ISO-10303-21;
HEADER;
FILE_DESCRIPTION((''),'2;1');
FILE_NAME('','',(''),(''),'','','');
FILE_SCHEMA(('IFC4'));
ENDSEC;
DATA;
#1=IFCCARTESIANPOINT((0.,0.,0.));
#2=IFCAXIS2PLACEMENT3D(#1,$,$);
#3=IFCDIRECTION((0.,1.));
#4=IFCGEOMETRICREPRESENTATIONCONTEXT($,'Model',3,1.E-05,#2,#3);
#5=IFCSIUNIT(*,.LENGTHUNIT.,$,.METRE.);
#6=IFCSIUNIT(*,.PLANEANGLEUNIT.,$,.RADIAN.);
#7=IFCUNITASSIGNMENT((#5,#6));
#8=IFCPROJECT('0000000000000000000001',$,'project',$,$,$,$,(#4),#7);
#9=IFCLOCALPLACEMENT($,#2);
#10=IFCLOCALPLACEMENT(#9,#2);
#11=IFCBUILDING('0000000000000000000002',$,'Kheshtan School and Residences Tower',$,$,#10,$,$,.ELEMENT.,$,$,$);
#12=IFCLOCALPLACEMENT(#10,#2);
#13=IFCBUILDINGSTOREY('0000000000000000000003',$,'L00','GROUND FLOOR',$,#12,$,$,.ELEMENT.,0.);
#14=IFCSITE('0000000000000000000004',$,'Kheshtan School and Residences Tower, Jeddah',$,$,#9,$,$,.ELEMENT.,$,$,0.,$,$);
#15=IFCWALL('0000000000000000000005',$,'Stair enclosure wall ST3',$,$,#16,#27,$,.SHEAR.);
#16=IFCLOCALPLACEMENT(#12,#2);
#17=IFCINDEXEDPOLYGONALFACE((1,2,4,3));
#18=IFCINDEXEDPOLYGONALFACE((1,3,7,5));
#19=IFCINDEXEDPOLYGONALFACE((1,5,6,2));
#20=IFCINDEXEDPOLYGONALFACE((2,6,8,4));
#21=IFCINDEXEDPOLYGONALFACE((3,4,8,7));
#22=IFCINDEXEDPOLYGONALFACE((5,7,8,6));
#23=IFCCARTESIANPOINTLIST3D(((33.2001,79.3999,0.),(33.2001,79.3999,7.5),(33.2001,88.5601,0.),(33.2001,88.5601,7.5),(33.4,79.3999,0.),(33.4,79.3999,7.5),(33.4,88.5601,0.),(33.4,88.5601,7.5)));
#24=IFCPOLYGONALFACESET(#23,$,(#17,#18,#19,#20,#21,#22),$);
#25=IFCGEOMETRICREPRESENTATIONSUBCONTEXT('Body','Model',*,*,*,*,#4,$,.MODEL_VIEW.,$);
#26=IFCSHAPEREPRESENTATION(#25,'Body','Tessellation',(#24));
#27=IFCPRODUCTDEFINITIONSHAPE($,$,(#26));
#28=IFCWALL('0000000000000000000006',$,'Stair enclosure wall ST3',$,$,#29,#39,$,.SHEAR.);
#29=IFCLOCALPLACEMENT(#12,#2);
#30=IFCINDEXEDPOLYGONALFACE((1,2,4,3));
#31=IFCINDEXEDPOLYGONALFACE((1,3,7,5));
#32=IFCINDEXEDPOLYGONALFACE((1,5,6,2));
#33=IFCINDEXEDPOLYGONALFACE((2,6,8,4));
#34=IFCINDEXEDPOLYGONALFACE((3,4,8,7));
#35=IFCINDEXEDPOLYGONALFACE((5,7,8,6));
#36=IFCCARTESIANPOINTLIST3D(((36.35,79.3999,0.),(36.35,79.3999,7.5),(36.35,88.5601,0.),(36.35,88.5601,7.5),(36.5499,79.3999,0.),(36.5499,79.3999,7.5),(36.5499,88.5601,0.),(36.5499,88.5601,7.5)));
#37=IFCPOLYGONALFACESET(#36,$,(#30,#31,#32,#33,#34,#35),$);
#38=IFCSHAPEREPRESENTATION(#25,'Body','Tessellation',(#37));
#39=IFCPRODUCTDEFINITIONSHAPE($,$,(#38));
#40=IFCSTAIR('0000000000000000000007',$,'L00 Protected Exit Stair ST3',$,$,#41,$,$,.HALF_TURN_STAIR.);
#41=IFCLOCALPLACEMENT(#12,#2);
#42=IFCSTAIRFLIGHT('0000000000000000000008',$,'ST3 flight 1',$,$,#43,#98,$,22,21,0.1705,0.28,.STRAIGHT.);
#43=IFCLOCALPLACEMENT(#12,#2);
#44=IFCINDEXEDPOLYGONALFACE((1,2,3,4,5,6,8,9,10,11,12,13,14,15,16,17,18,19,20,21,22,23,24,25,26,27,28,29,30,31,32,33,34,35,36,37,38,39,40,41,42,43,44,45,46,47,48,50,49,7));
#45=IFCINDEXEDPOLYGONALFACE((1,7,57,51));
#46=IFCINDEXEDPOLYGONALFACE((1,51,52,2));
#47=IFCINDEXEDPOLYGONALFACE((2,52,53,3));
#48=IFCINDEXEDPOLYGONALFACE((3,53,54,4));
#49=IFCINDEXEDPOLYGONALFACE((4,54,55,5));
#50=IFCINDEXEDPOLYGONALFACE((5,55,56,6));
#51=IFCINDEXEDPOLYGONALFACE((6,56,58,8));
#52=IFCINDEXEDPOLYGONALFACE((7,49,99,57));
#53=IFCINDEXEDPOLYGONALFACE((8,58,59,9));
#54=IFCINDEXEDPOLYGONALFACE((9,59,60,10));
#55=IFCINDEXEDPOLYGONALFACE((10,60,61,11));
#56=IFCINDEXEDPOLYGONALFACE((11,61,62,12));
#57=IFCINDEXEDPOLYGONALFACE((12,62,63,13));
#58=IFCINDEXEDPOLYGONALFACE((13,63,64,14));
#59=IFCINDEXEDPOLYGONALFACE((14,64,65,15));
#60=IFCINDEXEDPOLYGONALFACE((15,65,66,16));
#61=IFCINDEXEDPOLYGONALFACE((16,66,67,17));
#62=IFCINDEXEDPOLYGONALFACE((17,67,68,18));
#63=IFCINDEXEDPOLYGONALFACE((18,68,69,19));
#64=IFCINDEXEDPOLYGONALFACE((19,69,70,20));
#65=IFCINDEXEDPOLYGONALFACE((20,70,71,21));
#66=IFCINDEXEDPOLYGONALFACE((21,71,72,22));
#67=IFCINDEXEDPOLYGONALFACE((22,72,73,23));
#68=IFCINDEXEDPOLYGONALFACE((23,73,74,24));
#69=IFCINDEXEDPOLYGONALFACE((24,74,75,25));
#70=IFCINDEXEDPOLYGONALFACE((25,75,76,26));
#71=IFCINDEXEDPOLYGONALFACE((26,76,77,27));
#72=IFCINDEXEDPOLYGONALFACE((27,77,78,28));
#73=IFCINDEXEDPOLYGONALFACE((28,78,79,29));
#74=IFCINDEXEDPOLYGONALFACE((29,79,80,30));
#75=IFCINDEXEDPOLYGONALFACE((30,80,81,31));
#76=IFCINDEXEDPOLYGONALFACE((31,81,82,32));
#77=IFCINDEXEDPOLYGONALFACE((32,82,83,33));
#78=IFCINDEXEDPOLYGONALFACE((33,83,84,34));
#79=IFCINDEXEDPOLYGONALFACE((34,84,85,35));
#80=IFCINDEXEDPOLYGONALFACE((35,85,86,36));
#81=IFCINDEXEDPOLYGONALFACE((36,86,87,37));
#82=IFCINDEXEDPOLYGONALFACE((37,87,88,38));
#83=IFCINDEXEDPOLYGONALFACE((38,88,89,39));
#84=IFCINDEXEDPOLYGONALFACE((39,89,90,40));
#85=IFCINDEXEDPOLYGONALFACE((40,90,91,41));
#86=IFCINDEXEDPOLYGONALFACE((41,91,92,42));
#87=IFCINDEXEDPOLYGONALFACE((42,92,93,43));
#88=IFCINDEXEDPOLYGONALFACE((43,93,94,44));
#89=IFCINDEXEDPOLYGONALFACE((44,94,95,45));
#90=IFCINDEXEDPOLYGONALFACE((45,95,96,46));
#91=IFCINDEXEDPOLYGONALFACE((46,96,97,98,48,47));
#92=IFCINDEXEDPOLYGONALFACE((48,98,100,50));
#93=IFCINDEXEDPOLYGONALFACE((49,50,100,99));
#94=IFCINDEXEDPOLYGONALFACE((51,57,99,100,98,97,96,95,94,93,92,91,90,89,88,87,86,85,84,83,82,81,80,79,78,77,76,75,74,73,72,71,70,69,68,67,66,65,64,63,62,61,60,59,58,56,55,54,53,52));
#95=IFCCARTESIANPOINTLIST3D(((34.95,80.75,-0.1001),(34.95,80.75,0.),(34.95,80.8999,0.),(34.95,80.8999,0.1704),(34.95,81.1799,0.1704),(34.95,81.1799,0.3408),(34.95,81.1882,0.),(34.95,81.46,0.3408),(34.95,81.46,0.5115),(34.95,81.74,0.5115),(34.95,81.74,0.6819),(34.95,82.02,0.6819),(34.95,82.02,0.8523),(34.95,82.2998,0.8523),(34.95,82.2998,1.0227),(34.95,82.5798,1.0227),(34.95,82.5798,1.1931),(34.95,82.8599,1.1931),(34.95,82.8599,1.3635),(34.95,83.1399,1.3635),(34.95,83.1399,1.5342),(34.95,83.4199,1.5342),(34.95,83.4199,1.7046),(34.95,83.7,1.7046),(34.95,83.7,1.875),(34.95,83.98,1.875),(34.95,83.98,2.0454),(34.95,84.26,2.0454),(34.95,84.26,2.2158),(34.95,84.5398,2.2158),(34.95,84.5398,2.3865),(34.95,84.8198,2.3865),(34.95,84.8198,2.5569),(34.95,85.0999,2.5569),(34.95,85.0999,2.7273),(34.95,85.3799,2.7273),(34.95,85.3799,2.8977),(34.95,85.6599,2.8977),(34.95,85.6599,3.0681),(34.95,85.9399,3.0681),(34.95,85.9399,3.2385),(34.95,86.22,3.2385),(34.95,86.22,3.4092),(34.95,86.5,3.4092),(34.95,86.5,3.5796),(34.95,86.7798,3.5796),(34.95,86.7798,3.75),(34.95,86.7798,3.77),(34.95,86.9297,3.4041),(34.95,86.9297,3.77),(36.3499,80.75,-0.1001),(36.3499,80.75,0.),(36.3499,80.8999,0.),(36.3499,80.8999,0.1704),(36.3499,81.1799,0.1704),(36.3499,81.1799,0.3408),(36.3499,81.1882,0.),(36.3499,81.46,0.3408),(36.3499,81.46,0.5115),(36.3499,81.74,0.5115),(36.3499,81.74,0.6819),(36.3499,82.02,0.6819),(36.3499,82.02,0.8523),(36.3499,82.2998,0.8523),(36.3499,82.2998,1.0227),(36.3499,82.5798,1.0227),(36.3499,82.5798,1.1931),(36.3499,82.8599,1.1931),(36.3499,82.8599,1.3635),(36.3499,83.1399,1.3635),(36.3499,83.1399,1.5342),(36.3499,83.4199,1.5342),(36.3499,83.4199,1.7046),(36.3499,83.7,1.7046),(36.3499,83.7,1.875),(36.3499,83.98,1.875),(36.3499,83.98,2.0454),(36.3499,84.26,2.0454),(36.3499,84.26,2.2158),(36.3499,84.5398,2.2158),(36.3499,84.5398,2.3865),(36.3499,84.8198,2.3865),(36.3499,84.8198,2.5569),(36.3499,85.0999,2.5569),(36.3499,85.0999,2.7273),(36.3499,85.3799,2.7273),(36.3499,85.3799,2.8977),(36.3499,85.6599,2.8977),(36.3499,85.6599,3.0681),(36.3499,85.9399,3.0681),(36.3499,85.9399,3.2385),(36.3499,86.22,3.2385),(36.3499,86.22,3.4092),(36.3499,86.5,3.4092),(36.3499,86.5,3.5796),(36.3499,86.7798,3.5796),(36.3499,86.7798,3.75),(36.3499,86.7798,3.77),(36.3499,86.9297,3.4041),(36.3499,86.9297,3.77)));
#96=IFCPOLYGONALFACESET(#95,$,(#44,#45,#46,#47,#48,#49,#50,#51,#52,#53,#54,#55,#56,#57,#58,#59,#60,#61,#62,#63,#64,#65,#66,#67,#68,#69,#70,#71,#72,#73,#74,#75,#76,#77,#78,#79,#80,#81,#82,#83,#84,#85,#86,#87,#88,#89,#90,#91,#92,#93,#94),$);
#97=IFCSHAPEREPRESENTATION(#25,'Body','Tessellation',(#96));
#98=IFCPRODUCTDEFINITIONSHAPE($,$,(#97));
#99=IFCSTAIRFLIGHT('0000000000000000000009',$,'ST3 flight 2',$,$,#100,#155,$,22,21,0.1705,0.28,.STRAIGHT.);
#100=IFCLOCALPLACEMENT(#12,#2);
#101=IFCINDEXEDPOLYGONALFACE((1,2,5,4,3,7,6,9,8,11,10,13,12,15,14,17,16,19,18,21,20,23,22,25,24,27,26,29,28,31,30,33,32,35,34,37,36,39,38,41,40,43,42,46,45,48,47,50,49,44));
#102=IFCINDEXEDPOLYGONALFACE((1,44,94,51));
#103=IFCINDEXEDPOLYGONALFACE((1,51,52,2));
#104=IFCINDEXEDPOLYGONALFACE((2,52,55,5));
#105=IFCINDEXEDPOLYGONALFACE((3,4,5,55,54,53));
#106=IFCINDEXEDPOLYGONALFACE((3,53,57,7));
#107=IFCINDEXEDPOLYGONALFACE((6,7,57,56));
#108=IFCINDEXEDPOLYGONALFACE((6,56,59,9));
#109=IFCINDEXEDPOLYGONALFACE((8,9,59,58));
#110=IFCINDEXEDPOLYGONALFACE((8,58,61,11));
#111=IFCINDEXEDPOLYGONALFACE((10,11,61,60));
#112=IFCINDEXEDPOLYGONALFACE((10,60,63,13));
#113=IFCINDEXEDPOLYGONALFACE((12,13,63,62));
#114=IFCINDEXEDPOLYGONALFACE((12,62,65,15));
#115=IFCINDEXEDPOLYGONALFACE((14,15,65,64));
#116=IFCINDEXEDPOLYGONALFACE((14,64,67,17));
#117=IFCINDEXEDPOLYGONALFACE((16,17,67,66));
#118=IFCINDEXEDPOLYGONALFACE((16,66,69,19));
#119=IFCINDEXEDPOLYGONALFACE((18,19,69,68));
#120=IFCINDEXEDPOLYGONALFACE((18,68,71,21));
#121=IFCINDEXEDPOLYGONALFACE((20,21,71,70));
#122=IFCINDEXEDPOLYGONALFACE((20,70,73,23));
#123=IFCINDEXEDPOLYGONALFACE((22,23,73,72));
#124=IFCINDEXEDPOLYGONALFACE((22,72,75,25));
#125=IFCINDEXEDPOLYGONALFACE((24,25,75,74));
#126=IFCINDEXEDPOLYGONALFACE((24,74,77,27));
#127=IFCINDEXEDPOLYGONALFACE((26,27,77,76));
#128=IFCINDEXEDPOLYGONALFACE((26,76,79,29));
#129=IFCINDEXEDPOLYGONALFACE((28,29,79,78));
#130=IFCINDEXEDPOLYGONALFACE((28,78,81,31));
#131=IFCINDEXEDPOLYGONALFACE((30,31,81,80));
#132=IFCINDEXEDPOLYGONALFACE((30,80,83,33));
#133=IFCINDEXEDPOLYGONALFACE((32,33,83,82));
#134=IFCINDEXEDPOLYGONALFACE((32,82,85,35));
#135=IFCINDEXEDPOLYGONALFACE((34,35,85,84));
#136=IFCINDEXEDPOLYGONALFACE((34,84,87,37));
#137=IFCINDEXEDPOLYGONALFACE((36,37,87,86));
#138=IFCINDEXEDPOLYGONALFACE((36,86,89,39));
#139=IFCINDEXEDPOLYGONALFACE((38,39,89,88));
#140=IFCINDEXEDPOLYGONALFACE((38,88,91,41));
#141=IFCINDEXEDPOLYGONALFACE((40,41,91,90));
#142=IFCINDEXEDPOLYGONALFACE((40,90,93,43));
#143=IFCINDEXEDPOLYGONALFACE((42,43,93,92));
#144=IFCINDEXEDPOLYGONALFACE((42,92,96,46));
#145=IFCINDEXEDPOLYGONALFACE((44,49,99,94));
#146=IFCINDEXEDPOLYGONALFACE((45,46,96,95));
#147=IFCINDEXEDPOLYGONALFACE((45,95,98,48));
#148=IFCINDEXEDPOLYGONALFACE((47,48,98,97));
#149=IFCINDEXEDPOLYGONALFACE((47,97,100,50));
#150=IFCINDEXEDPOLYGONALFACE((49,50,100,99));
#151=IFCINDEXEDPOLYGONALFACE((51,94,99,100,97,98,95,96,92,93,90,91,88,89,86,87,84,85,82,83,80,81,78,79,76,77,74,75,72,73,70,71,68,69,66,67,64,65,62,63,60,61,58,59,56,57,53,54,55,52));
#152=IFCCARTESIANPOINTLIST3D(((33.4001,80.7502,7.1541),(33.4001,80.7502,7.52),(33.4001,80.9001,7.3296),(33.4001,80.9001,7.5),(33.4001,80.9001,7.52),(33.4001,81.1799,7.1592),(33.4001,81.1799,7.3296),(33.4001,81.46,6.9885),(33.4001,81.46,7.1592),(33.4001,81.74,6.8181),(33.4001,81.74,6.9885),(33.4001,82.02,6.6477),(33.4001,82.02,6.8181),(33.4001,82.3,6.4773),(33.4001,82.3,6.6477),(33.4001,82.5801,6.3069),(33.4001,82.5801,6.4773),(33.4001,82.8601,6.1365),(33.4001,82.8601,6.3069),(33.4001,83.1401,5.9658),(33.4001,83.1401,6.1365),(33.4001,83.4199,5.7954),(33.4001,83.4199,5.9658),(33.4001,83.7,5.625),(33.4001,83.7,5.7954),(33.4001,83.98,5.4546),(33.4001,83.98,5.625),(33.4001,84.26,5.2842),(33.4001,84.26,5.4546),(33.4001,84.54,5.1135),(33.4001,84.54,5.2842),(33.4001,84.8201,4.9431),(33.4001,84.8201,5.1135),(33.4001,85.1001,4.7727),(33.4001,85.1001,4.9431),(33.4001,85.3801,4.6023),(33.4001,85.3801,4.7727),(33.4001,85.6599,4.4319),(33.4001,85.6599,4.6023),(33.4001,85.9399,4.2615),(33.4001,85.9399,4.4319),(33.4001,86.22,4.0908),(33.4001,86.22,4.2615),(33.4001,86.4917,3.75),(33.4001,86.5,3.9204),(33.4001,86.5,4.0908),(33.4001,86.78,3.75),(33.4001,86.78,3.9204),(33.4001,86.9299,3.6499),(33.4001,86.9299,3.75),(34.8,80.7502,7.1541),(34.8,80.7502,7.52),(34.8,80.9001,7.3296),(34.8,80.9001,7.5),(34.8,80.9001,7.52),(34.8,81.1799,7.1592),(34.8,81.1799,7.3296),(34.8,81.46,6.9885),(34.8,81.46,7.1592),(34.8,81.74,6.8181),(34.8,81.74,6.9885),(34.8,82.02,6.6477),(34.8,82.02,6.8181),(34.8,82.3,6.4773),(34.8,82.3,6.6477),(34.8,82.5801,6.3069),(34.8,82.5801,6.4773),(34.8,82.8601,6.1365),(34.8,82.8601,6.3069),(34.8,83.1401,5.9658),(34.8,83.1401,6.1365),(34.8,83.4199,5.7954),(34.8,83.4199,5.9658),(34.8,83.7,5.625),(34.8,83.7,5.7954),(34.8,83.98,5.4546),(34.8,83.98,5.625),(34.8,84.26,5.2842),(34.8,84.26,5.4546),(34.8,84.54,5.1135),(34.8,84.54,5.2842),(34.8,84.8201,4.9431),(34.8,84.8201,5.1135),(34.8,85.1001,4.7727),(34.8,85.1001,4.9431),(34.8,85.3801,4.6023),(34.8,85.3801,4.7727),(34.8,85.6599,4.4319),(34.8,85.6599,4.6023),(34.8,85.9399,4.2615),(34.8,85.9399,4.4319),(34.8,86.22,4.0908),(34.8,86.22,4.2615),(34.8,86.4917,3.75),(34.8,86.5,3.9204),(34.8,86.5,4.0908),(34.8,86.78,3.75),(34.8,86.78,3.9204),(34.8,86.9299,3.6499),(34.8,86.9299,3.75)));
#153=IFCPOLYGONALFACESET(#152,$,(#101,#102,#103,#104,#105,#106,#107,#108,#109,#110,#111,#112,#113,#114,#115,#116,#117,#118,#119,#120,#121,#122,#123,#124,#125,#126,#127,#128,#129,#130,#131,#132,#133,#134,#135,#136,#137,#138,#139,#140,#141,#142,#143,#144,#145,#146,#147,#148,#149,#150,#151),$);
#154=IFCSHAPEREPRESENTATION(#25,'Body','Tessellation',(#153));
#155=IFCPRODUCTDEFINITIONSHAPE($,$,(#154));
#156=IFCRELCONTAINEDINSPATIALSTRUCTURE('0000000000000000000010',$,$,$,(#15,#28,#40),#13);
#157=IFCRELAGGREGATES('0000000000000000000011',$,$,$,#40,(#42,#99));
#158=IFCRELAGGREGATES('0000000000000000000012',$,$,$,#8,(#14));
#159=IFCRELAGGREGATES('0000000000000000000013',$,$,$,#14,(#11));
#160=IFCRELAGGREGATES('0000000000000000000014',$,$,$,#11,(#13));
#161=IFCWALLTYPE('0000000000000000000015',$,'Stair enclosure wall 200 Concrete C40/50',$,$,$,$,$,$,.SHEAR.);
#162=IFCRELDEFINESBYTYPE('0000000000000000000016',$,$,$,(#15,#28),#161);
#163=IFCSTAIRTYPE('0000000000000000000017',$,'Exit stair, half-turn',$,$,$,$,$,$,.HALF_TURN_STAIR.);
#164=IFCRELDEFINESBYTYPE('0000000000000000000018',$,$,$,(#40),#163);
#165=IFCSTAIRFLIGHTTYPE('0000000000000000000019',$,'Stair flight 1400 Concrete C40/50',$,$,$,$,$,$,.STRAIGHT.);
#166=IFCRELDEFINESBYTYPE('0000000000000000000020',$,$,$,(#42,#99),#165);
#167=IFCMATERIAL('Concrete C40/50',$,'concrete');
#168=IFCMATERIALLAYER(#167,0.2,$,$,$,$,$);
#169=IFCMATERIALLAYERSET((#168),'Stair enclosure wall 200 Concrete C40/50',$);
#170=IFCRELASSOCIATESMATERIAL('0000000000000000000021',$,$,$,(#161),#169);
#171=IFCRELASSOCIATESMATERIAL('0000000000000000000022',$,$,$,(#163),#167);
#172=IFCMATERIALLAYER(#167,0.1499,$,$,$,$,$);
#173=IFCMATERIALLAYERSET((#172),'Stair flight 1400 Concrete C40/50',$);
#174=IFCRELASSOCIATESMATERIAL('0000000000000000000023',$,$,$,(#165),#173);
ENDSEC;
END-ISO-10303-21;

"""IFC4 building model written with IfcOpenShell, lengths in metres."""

from ifc_helpers import new_model, si_unit, direction, frame, frame_2d, origin, place, context, subcontext, project, spatial, polyline, rectangle, outline, extrude, material, layer, layer_set, type_object, element, aggregate, save


model = new_model("IFC4")

# Units and contexts
model_context = context("Model", 3, precision=1e-05, world=origin(), true_north=direction((0.0, 1.0)))
body_context = subcontext(model_context, "Body", "Model", "MODEL_VIEW")
ifc_project = project(units=[si_unit("LENGTHUNIT", "METRE"), si_unit("PLANEANGLEUNIT", "RADIAN")], contexts=[model_context])

# Site, building, storey
site_placement = place(None, origin())
site = spatial("IfcSite", under=ifc_project, at=site_placement, Name="Kheshtan School and Residences Tower, Jeddah", CompositionType="ELEMENT", RefElevation=0.0)
building_placement = place(site_placement, origin())
building = spatial("IfcBuilding", under=site, at=building_placement, Name="Kheshtan School and Residences Tower", CompositionType="ELEMENT")
storey_placement = place(building_placement, origin())
storey = spatial("IfcBuildingStorey", under=building, at=storey_placement, Name="L00", Description="GROUND FLOOR", CompositionType="ELEMENT", Elevation=0.0)

# Shared definitions
ifc_material_1 = material(Name="Concrete C40/50", Category="concrete")
ifc_layer_1 = layer(ifc_material_1, 0.2)
ifc_layer_set_1 = layer_set([ifc_layer_1], Name="Stair enclosure wall 200 Concrete C40/50")
wall_type = type_object("IfcWallType", Name="Stair enclosure wall 200 Concrete C40/50", PredefinedType="SHEAR", material=ifc_layer_set_1)

# Walls
for number, where, z_axis, x_axis, name in (
    (1, (33.3, 79.3999, 0.0), (0.0, 0.0, 1.0), (0.0, 1.0, 0.0), "Stair enclosure wall ST3"),
    (2, (36.45, 79.3999, 0.0), (0.0, 0.0, 1.0), (0.0, 1.0, 0.0), "Stair enclosure wall ST3"),
):
    element("IfcWall", number, at=place(storey_placement, frame(where, z_axis=z_axis, x_axis=x_axis)), inside=storey, type_object=wall_type, Name=name, PredefinedType="SHEAR", context=body_context, shape_type="SweptSolid", body=[
        extrude(rectangle(XDim=9.1602, YDim=0.2, at=frame_2d((4.5801, 0.0))), origin(), (0.0, 0.0, 1.0), 7.5),
    ])

# Stair, stair flights
stair_type = type_object("IfcStairType", Name="Exit stair, half-turn", PredefinedType="HALF_TURN_STAIR", material=ifc_material_1)
stair_placement = place(storey_placement, origin())
stair = element("IfcStair", 3, at=stair_placement, inside=storey, type_object=stair_type, Name="L00 Protected Exit Stair ST3", PredefinedType="HALF_TURN_STAIR")
ifc_layer_2 = layer(ifc_material_1, 0.1499)
ifc_layer_set_2 = layer_set([ifc_layer_2], Name="Stair flight 1400 Concrete C40/50")
stair_flight_type = type_object("IfcStairFlightType", Name="Stair flight 1400 Concrete C40/50", PredefinedType="STRAIGHT", material=ifc_layer_set_2)
stair_flight_1_placement = place(storey_placement, frame((35.6499, 80.8999, 0.0), z_axis=(0.0, 0.0, 1.0), x_axis=(0.0, 1.0, 0.0)))
stair_flight_1 = element("IfcStairFlight", 4, at=stair_flight_1_placement, type_object=stair_flight_type, Name="ST3 flight 1", NumberOfRisers=22, NumberOfTreads=21, PredefinedType="STRAIGHT", RiserHeight=0.1705, TreadLength=0.28, context=body_context, shape_type="SweptSolid", body=[
    extrude(outline(polyline([(-0.1499, -0.1001), (-0.1499, 0.0), (0.0, 0.0), (0.0, 0.1704), (0.28, 0.1704), (0.28, 0.3408), (0.5601, 0.3408), (0.5601, 0.5115), (0.8401, 0.5115), (0.8401, 0.6819), (1.1201, 0.6819), (1.1201, 0.8523), (1.3999, 0.8523), (1.3999, 1.0227), (1.6799, 1.0227), (1.6799, 1.1931), (1.96, 1.1931), (1.96, 1.3635), (2.24, 1.3635), (2.24, 1.5342), (2.52, 1.5342), (2.52, 1.7046), (2.8, 1.7046), (2.8, 1.875), (3.0801, 1.875), (3.0801, 2.0454), (3.3601, 2.0454), (3.3601, 2.2158), (3.6399, 2.2158), (3.6399, 2.3865), (3.9199, 2.3865), (3.9199, 2.5569), (4.2, 2.5569), (4.2, 2.7273), (4.48, 2.7273), (4.48, 2.8977), (4.76, 2.8977), (4.76, 3.0681), (5.04, 3.0681), (5.04, 3.2385), (5.3201, 3.2385), (5.3201, 3.4092), (5.6001, 3.4092), (5.6001, 3.5796), (5.8799, 3.5796), (5.8799, 3.75), (5.8799, 3.77), (6.0298, 3.77), (6.0298, 3.4041), (0.2883, 0.0), (-0.1499, -0.1001)])), frame((0.0, 0.7, 0.0), z_axis=(0.0, -1.0, 0.0), x_axis=(1.0, 0.0, 0.0)), (0.0, 0.0, 1.0), 1.3999),
])
stair_flight_2_placement = place(storey_placement, frame((34.1001, 86.78, 3.75), z_axis=(0.0, 0.0, 1.0), x_axis=(0.0, -1.0, 0.0)))
stair_flight_2 = element("IfcStairFlight", 5, at=stair_flight_2_placement, type_object=stair_flight_type, Name="ST3 flight 2", NumberOfRisers=22, NumberOfTreads=21, PredefinedType="STRAIGHT", RiserHeight=0.1705, TreadLength=0.28, context=body_context, shape_type="SweptSolid", body=[
    extrude(outline(polyline([(-0.1499, -0.1001), (-0.1499, 0.0), (0.0, 0.0), (0.0, 0.1704), (0.28, 0.1704), (0.28, 0.3408), (0.5601, 0.3408), (0.5601, 0.5115), (0.8401, 0.5115), (0.8401, 0.6819), (1.1201, 0.6819), (1.1201, 0.8523), (1.3999, 0.8523), (1.3999, 1.0227), (1.6799, 1.0227), (1.6799, 1.1931), (1.96, 1.1931), (1.96, 1.3635), (2.24, 1.3635), (2.24, 1.5342), (2.52, 1.5342), (2.52, 1.7046), (2.8, 1.7046), (2.8, 1.875), (3.0801, 1.875), (3.0801, 2.0454), (3.3601, 2.0454), (3.3601, 2.2158), (3.6399, 2.2158), (3.6399, 2.3865), (3.9199, 2.3865), (3.9199, 2.5569), (4.2, 2.5569), (4.2, 2.7273), (4.48, 2.7273), (4.48, 2.8977), (4.76, 2.8977), (4.76, 3.0681), (5.04, 3.0681), (5.04, 3.2385), (5.3201, 3.2385), (5.3201, 3.4092), (5.6001, 3.4092), (5.6001, 3.5796), (5.8799, 3.5796), (5.8799, 3.75), (5.8799, 3.77), (6.0298, 3.77), (6.0298, 3.4041), (0.2883, 0.0), (-0.1499, -0.1001)])), frame((0.0, 0.7, 0.0), z_axis=(0.0, -1.0, 0.0), x_axis=(1.0, 0.0, 0.0)), (0.0, 0.0, 1.0), 1.3999),
])
aggregate(stair, [stair_flight_1, stair_flight_2])

save(model, "model.ifc")
